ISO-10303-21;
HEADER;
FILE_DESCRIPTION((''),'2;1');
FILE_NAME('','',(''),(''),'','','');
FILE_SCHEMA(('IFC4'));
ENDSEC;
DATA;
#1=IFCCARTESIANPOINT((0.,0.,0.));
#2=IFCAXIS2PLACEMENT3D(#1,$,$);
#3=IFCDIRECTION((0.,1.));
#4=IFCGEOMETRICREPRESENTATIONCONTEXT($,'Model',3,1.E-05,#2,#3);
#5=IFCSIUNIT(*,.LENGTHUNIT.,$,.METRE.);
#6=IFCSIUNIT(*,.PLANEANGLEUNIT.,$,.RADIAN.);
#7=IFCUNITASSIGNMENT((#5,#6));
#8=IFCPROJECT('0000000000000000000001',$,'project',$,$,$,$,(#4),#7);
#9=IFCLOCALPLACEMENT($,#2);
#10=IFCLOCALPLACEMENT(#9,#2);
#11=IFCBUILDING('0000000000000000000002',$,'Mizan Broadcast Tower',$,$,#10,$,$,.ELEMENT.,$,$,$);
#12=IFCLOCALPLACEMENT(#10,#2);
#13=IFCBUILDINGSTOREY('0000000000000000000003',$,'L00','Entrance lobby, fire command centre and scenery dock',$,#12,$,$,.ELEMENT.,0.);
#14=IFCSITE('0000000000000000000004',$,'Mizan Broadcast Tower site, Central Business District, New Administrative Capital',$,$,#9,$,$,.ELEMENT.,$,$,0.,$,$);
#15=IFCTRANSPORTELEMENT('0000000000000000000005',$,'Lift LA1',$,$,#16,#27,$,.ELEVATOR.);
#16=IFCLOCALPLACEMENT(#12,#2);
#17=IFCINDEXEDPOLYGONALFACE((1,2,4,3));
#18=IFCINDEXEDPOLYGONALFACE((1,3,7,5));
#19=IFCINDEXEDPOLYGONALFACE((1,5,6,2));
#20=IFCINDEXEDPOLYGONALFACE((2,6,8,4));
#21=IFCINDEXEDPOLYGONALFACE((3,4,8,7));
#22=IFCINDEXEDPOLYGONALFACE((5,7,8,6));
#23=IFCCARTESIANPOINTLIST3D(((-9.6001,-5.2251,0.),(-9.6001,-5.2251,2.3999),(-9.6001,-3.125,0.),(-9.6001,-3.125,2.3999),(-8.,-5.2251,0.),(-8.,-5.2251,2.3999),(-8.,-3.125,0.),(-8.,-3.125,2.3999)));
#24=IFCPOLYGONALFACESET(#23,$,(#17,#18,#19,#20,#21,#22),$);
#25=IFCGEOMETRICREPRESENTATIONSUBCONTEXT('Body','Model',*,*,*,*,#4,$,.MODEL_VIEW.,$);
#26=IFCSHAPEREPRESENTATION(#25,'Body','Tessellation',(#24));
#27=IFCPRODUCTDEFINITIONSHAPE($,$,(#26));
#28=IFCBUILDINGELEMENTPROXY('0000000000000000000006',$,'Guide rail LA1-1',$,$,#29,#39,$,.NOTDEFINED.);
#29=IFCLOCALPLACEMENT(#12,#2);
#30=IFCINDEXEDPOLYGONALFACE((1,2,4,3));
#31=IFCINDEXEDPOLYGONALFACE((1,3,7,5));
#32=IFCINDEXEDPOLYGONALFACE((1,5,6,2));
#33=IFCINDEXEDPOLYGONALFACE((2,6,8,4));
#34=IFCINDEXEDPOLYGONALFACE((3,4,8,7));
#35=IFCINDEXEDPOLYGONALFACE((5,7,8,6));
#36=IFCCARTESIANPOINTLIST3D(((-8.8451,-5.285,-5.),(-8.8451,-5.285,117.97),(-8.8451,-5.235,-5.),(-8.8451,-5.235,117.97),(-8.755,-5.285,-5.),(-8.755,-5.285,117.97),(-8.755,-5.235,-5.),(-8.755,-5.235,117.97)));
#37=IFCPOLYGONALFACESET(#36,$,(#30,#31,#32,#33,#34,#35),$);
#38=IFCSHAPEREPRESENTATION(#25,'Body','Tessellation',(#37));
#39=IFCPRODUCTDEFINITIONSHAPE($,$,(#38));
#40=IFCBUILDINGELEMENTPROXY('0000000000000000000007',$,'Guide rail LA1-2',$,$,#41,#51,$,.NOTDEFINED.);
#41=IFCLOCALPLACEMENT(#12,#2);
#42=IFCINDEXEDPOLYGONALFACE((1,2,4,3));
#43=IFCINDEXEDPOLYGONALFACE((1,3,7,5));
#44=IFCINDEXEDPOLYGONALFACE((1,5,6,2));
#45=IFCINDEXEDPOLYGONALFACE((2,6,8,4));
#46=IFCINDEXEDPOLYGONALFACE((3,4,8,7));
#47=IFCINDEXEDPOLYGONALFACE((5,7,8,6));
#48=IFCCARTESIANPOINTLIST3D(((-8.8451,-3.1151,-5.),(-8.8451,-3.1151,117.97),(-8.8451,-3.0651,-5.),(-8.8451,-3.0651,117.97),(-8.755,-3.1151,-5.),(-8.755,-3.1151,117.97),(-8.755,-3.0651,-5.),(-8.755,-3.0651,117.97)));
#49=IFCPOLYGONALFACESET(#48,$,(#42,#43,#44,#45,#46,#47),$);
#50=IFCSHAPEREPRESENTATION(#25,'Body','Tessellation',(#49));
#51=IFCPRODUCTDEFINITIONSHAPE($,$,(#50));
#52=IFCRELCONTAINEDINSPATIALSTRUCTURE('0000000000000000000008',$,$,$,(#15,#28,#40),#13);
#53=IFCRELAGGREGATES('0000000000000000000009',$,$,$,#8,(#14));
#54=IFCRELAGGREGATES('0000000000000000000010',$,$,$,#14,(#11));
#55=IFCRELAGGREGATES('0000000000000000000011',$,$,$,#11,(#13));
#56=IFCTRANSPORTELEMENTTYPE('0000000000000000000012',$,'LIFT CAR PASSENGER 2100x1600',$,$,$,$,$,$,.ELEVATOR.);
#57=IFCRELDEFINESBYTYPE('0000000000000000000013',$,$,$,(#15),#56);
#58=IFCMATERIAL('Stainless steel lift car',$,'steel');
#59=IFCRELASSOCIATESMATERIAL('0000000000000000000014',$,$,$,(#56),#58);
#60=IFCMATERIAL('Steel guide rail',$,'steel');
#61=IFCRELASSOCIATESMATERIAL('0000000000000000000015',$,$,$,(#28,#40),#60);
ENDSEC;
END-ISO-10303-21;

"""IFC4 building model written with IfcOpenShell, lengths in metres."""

from ifc_helpers import new_model, si_unit, direction, frame, origin, origin_2d, place, context, subcontext, project, spatial, rectangle, extrude, material, type_object, element, save


model = new_model("IFC4")

# Units and contexts
model_context = context("Model", 3, precision=1e-05, world=origin(), true_north=direction((0.0, 1.0)))
body_context = subcontext(model_context, "Body", "Model", "MODEL_VIEW")
ifc_project = project(units=[si_unit("LENGTHUNIT", "METRE"), si_unit("PLANEANGLEUNIT", "RADIAN")], contexts=[model_context])

# Site, building, storey
site_placement = place(None, origin())
site = spatial("IfcSite", under=ifc_project, at=site_placement, Name="Mizan Broadcast Tower site, Central Business District, New Administrative Capital", CompositionType="ELEMENT", RefElevation=0.0)
building_placement = place(site_placement, origin())
building = spatial("IfcBuilding", under=site, at=building_placement, Name="Mizan Broadcast Tower", CompositionType="ELEMENT")
storey_placement = place(building_placement, origin())
storey = spatial("IfcBuildingStorey", under=building, at=storey_placement, Name="L00", Description="Entrance lobby, fire command centre and scenery dock", CompositionType="ELEMENT", Elevation=0.0)

# Transport element
ifc_material_1 = material(Name="Stainless steel lift car", Category="steel")
transport_element_type = type_object("IfcTransportElementType", Name="LIFT CAR PASSENGER 2100x1600", PredefinedType="ELEVATOR", material=ifc_material_1)
transport_element_placement = place(storey_placement, frame((-8.8, -4.175, 0.0), z_axis=(0.0, 0.0, 1.0), x_axis=(1.0, 0.0, 0.0)))
element("IfcTransportElement", 1, at=transport_element_placement, inside=storey, type_object=transport_element_type, Name="Lift LA1", PredefinedType="ELEVATOR", context=body_context, shape_type="SweptSolid", body=[
    extrude(rectangle(XDim=1.6001, YDim=2.1001, at=origin_2d()), origin(), (0.0, 0.0, 1.0), 2.3999),
])

# Building element proxies
ifc_material_2 = material(Name="Steel guide rail", Category="steel")
for number, where, z_axis, x_axis, name in (
    (2, (-8.8, -5.26, -5.0), (0.0, 0.0, 1.0), (1.0, 0.0, 0.0), "Guide rail LA1-1"),
    (3, (-8.8, -3.0901, -5.0), (0.0, 0.0, 1.0), (1.0, 0.0, 0.0), "Guide rail LA1-2"),
):
    element("IfcBuildingElementProxy", number, at=place(storey_placement, frame(where, z_axis=z_axis, x_axis=x_axis)), inside=storey, material=ifc_material_2, Name=name, PredefinedType="NOTDEFINED", context=body_context, shape_type="SweptSolid", body=[
        extrude(rectangle(XDim=0.0901, YDim=0.05, at=origin_2d()), origin(), (0.0, 0.0, 1.0), 122.97),
    ])

save(model, "model.ifc")
